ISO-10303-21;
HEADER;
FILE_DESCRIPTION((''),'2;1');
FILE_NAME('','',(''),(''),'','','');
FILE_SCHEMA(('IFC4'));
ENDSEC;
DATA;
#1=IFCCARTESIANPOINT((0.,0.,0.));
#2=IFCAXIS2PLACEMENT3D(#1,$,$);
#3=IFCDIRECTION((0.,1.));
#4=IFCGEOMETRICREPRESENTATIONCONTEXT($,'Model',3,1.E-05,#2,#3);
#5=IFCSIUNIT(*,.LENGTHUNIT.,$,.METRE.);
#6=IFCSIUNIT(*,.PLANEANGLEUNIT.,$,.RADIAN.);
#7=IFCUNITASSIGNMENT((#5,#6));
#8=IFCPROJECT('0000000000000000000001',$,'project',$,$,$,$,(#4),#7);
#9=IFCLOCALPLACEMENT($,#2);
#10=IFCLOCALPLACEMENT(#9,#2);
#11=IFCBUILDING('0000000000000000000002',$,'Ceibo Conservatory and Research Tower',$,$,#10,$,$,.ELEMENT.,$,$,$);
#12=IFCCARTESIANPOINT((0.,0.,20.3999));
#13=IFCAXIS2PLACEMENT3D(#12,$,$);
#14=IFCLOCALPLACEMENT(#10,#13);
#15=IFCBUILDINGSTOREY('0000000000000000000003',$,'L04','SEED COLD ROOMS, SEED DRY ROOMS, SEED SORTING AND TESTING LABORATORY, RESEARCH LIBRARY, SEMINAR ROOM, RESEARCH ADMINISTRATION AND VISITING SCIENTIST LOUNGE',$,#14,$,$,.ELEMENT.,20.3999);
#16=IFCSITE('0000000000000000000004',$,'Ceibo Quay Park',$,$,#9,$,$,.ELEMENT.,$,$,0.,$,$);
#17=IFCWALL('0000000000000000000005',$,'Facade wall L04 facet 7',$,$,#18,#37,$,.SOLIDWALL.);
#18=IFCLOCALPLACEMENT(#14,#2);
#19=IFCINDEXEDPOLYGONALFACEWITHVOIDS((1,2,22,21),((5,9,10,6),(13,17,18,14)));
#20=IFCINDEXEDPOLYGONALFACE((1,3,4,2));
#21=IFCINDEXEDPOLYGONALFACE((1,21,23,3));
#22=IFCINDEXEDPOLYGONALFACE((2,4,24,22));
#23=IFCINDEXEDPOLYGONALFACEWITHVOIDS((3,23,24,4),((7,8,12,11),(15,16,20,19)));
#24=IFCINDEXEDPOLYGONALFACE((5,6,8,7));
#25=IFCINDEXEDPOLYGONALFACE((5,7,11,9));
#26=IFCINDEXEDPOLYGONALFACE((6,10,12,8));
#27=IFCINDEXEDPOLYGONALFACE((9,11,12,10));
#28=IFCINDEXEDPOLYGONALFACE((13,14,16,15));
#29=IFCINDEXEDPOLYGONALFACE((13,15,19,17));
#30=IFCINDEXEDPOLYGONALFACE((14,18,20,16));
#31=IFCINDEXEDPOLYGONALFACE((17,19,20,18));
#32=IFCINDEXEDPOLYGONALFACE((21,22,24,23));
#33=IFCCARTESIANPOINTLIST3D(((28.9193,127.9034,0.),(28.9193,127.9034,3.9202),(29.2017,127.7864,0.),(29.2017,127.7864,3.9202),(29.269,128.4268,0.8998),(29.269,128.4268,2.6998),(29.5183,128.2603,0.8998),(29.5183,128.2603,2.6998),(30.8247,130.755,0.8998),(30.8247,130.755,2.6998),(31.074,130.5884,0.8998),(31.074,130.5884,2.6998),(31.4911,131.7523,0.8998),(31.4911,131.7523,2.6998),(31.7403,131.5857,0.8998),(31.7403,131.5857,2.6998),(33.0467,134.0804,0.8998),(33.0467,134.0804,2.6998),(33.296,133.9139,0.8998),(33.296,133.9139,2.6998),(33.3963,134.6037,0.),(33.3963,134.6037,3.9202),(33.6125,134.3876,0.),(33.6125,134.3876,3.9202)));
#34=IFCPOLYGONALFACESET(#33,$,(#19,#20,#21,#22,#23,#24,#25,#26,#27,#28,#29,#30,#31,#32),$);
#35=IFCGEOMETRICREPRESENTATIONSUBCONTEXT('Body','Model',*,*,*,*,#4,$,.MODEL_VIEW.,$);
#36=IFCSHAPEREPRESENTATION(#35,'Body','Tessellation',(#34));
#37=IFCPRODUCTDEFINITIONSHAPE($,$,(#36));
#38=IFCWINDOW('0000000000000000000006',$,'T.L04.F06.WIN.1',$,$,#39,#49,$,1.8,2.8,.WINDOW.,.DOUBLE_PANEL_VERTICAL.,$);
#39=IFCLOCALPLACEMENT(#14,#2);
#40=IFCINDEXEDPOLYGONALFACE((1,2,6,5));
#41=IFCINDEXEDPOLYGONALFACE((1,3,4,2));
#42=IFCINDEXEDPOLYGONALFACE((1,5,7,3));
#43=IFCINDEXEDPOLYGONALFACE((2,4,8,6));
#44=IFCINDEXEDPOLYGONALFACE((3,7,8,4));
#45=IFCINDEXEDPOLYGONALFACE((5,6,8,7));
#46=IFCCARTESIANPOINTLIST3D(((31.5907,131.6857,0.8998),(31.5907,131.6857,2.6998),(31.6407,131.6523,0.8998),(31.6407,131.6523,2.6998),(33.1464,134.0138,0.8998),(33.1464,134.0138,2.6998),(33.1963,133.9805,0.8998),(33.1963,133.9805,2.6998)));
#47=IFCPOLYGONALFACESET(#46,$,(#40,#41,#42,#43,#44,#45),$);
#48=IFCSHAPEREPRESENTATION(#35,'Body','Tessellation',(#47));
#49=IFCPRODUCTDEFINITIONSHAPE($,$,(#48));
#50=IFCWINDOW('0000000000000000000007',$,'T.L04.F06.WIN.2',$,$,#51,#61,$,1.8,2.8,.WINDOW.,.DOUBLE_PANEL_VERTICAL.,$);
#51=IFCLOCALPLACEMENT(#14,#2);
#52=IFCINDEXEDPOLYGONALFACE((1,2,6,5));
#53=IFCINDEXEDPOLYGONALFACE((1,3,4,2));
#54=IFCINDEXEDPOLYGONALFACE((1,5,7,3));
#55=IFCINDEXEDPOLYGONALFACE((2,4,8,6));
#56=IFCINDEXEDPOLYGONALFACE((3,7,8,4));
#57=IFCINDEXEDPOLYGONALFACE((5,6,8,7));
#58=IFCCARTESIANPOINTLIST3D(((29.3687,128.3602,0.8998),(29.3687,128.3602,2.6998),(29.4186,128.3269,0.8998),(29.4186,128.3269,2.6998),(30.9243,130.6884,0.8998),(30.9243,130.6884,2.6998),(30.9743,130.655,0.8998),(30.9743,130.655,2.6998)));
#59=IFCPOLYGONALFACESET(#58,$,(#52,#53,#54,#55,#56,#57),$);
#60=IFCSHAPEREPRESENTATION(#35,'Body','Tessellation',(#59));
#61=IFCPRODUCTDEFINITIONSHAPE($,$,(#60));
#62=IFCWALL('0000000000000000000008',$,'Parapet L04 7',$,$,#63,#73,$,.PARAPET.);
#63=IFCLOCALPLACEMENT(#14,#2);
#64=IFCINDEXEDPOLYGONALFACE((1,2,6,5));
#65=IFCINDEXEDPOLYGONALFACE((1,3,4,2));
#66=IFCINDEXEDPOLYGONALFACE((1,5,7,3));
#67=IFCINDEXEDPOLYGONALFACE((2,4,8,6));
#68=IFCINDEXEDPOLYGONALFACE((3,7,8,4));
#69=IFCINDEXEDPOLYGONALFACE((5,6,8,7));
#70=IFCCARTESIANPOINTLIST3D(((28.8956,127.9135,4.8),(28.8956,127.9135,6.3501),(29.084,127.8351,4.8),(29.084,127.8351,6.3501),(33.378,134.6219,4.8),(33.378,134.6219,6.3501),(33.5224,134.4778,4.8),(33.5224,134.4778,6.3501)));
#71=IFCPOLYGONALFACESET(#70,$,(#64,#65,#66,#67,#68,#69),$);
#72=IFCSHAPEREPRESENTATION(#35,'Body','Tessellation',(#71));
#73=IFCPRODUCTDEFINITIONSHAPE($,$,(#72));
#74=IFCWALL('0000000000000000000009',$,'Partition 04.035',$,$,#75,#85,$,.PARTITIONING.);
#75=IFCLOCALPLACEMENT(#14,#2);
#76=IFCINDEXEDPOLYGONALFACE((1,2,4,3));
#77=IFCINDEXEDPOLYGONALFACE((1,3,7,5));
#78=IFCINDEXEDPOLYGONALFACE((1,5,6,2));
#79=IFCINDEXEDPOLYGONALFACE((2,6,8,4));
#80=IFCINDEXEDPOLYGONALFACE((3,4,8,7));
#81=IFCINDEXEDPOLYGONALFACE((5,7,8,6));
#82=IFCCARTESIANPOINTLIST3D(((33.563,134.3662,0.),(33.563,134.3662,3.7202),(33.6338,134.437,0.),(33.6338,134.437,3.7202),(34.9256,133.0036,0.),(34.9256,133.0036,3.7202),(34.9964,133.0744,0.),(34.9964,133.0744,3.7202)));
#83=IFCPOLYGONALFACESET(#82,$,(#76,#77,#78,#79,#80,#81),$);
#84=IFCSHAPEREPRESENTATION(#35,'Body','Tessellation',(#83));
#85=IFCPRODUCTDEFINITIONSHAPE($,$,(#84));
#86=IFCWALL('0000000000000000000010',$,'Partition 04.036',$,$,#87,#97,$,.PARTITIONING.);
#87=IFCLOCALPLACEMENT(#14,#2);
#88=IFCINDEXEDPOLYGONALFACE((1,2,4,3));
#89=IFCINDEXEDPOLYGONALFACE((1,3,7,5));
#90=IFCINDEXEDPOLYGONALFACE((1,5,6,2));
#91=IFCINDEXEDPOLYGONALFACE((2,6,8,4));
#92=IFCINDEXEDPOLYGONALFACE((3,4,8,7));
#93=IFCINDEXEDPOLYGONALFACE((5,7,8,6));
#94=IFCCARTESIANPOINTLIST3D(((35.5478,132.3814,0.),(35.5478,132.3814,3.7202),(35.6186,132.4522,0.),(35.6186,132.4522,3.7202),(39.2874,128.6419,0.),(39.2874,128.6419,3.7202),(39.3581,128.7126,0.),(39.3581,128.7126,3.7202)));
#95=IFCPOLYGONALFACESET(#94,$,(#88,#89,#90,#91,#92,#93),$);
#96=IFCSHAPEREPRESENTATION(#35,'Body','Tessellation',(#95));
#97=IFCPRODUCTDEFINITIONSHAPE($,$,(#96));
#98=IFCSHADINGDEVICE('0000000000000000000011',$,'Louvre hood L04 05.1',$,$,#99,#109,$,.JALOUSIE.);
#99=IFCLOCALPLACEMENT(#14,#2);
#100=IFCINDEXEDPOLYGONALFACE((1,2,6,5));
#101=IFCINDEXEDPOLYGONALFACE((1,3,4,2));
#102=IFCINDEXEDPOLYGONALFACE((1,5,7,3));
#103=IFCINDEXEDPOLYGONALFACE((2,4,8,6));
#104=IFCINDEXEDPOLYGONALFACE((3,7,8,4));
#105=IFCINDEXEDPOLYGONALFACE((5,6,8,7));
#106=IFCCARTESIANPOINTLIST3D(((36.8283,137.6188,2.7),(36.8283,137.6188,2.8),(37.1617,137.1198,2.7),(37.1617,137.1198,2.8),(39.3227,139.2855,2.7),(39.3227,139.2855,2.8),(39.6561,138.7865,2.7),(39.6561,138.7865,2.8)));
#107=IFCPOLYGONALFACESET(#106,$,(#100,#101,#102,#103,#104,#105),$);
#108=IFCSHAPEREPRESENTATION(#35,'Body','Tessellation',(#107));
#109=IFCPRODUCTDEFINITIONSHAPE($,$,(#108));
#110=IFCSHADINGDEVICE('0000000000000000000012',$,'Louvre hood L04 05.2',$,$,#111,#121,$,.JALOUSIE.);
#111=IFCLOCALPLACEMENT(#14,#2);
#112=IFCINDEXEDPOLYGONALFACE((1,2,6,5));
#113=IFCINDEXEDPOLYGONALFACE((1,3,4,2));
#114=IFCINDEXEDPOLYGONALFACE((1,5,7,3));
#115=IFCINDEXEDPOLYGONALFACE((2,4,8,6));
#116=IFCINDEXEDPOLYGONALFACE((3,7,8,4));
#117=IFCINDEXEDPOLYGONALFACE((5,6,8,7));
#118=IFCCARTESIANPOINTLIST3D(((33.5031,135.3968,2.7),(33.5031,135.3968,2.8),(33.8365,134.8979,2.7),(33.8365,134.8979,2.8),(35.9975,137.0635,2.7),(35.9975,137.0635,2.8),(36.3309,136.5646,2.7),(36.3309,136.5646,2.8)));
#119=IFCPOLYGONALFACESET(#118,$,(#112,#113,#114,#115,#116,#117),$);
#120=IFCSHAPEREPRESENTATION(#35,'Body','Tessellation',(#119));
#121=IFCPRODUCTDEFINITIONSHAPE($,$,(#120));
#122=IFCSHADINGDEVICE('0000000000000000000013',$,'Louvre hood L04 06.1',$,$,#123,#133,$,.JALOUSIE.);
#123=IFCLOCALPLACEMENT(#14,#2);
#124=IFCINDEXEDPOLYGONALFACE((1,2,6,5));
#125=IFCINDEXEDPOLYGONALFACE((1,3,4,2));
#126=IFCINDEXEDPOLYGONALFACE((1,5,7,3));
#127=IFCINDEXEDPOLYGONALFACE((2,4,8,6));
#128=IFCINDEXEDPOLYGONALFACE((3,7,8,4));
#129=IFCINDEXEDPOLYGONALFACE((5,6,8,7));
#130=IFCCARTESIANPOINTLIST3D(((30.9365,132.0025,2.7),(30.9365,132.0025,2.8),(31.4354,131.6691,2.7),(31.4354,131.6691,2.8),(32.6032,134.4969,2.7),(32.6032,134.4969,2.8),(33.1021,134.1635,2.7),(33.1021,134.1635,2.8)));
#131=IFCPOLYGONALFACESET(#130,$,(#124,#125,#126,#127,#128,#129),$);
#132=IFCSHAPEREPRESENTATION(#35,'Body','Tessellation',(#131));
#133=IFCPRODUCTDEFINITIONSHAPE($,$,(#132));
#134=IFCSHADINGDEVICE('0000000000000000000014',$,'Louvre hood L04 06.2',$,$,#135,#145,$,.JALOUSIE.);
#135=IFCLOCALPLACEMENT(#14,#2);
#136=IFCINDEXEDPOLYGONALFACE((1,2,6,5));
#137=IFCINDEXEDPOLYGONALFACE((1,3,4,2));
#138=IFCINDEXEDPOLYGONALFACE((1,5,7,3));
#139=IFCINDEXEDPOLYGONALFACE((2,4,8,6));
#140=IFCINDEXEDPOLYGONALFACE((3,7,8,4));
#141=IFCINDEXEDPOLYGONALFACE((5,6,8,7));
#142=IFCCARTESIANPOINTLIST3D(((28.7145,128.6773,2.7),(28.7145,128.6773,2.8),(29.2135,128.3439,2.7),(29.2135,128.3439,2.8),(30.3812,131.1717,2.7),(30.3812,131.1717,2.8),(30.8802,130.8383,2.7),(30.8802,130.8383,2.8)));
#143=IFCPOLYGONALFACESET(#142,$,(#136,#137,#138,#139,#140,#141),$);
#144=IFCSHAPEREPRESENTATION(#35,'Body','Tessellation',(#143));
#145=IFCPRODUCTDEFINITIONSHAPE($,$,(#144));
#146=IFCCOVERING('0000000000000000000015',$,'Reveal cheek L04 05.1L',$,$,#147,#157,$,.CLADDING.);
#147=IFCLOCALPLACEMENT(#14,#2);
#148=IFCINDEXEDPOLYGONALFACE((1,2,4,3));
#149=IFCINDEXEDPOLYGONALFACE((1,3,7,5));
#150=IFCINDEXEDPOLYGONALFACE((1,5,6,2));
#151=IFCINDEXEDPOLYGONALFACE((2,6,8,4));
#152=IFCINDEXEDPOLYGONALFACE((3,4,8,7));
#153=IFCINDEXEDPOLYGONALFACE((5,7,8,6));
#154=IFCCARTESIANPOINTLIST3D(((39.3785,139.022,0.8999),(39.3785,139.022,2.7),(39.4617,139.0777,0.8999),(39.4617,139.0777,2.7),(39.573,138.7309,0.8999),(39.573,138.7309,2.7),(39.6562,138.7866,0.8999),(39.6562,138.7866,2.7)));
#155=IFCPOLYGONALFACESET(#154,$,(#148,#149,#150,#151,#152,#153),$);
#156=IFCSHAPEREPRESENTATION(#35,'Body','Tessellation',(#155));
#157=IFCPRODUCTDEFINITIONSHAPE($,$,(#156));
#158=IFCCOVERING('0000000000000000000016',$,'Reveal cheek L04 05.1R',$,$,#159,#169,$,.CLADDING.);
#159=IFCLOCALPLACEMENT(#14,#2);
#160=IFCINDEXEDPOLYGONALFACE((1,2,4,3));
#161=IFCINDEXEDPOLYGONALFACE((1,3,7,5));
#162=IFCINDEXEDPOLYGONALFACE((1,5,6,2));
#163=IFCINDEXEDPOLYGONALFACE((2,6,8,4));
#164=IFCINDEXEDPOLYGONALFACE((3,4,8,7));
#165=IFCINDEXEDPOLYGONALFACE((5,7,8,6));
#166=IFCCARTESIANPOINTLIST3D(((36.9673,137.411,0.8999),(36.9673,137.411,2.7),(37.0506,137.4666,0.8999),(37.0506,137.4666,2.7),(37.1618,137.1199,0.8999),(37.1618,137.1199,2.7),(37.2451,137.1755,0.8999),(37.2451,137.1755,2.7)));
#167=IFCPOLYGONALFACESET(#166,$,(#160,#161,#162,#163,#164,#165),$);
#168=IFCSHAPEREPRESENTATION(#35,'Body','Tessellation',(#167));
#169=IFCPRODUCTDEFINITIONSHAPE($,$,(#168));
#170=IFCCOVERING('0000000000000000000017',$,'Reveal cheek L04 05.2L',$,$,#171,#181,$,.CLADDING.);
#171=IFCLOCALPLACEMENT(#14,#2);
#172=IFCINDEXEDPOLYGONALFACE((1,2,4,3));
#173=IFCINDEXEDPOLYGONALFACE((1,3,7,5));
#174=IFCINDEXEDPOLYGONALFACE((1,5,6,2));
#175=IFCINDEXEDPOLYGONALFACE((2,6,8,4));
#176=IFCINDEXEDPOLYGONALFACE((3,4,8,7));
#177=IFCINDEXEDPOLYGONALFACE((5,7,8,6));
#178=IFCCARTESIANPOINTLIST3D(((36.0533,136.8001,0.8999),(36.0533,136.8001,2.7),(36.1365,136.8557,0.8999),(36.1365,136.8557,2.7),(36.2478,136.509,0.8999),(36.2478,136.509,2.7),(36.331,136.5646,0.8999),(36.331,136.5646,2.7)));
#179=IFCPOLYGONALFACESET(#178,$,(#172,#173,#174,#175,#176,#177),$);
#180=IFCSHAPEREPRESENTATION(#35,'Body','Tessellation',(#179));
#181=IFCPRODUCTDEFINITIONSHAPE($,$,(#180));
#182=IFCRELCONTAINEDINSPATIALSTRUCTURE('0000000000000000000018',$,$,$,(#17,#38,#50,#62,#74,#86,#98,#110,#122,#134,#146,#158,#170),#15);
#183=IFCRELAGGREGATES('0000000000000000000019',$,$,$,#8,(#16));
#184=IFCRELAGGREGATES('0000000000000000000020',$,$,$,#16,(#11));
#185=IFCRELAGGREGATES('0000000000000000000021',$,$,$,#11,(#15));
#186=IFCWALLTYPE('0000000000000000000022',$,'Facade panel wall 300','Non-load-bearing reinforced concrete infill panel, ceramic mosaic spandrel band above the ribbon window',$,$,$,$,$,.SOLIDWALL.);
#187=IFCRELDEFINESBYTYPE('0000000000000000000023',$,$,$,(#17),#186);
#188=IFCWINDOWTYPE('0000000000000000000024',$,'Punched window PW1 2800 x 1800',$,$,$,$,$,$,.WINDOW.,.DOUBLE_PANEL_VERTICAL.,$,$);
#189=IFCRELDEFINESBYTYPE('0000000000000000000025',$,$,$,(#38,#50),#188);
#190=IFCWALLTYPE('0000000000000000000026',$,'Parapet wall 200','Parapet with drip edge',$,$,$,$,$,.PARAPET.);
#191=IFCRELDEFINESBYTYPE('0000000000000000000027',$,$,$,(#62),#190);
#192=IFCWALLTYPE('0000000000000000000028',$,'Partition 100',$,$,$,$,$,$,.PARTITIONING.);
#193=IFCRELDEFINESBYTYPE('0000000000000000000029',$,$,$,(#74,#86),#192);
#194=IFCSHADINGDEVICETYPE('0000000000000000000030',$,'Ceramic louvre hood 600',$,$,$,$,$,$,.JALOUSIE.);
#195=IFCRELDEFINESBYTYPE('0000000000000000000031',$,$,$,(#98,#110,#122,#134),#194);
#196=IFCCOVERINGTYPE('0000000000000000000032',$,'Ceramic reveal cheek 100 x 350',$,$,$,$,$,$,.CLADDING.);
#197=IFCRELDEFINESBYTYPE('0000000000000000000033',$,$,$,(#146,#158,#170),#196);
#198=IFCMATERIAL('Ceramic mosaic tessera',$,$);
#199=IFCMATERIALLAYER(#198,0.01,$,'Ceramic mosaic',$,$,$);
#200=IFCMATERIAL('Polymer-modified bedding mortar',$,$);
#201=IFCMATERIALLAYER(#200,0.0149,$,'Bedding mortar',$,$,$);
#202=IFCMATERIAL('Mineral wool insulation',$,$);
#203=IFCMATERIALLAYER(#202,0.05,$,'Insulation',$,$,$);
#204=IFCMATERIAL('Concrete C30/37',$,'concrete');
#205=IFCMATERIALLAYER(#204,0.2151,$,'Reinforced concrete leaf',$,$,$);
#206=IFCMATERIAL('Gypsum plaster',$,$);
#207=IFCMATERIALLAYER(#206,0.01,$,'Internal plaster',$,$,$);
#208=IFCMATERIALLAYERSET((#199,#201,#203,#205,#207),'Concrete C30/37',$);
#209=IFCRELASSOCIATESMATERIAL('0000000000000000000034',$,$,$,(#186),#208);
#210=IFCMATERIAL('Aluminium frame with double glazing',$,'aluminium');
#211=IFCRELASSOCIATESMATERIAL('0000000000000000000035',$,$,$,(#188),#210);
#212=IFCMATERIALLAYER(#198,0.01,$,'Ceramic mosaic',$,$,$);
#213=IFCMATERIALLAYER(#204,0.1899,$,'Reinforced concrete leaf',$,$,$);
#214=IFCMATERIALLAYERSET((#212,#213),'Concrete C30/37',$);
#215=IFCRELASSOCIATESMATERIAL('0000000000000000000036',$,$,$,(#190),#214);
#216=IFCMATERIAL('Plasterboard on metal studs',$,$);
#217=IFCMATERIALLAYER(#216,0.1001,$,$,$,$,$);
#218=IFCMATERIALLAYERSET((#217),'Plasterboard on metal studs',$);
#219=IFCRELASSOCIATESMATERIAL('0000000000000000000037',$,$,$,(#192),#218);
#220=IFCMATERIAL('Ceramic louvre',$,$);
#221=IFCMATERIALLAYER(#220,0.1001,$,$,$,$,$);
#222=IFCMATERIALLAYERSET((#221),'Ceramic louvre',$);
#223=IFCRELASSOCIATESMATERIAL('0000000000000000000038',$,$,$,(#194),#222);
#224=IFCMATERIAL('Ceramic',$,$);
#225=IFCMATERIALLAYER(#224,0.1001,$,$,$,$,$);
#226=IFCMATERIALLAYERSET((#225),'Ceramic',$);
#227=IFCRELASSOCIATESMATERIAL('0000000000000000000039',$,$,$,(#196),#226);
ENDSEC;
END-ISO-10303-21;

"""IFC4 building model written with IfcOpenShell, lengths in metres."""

from ifc_helpers import new_model, si_unit, direction, frame, frame_2d, origin, origin_2d, place, context, subcontext, project, spatial, polyline, rectangle, outline, extrude, material, layer, layer_set, type_object, element, fill, save


model = new_model("IFC4")

# Units and contexts
model_context = context("Model", 3, precision=1e-05, world=origin(), true_north=direction((0.0, 1.0)))
body_context = subcontext(model_context, "Body", "Model", "MODEL_VIEW")
ifc_project = project(units=[si_unit("LENGTHUNIT", "METRE"), si_unit("PLANEANGLEUNIT", "RADIAN")], contexts=[model_context])

# Site, building, storey
site_placement = place(None, origin())
site = spatial("IfcSite", under=ifc_project, at=site_placement, Name="Ceibo Quay Park", CompositionType="ELEMENT", RefElevation=0.0)
building_placement = place(site_placement, origin())
building = spatial("IfcBuilding", under=site, at=building_placement, Name="Ceibo Conservatory and Research Tower", CompositionType="ELEMENT")
storey_placement = place(building_placement, frame((0.0, 0.0, 20.3999)))
storey = spatial("IfcBuildingStorey", under=building, at=storey_placement, Name="L04", Description="SEED COLD ROOMS, SEED DRY ROOMS, SEED SORTING AND TESTING LABORATORY, RESEARCH LIBRARY, SEMINAR ROOM, RESEARCH ADMINISTRATION AND VISITING SCIENTIST LOUNGE", CompositionType="ELEMENT", Elevation=20.3999)

# Wall, openings, windows
ifc_material_1 = material(Name="Ceramic mosaic tessera")
ifc_layer_1 = layer(ifc_material_1, 0.01, Name="Ceramic mosaic")
ifc_material_2 = material(Name="Polymer-modified bedding mortar")
ifc_layer_2 = layer(ifc_material_2, 0.0149, Name="Bedding mortar")
ifc_material_3 = material(Name="Mineral wool insulation")
ifc_layer_3 = layer(ifc_material_3, 0.05, Name="Insulation")
ifc_material_4 = material(Name="Concrete C30/37", Category="concrete")
ifc_layer_4 = layer(ifc_material_4, 0.2151, Name="Reinforced concrete leaf")
ifc_material_5 = material(Name="Gypsum plaster")
ifc_layer_5 = layer(ifc_material_5, 0.01, Name="Internal plaster")
ifc_layer_set_1 = layer_set([ifc_layer_1, ifc_layer_2, ifc_layer_3, ifc_layer_4, ifc_layer_5], Name="Concrete C30/37")
wall_type_1 = type_object("IfcWallType", Name="Facade panel wall 300", Description="Non-load-bearing reinforced concrete infill panel, ceramic mosaic spandrel band above the ribbon window", PredefinedType="SOLIDWALL", material=ifc_layer_set_1)
wall_1_placement = place(storey_placement, frame((33.5044, 134.4956, 0.0), z_axis=(0.0, 0.0, 1.0), x_axis=(-0.555573, -0.831468, 0.0)))
wall_1 = element("IfcWall", 1, at=wall_1_placement, inside=storey, type_object=wall_type_1, Name="Facade wall L04 facet 7", PredefinedType="SOLIDWALL", context=body_context, shape_type="SweptSolid", body=[
    extrude(outline(polyline([(-0.0298, -0.1499), (8.0286, -0.1499), (7.969, 0.1499), (0.0298, 0.1499), (-0.0298, -0.1499)])), origin(), (0.0, 0.0, 1.0), 3.9202),
])
opening_1_placement = place(wall_1_placement, frame((0.5996, 0.0, 0.8999)))
opening_1 = element("IfcOpeningElement", 2, at=opening_1_placement, cuts=wall_1, PredefinedType="OPENING", context=body_context, shape_type="SweptSolid", body=[
    extrude(rectangle(XDim=2.8, YDim=1.8, at=frame_2d((1.3999, 0.8999))), frame((0.0, 0.1599, 0.0), z_axis=(0.0, -1.0, 0.0), x_axis=(1.0, 0.0, 0.0)), (0.0, 0.0, 1.0), 0.3201),
])
opening_2_placement = place(wall_1_placement, frame((4.5991, 0.0, 0.8999)))
opening_2 = element("IfcOpeningElement", 3, at=opening_2_placement, cuts=wall_1, PredefinedType="OPENING", context=body_context, shape_type="SweptSolid", body=[
    extrude(rectangle(XDim=2.8, YDim=1.8, at=frame_2d((1.3999, 0.8999))), frame((0.0, 0.1599, 0.0), z_axis=(0.0, -1.0, 0.0), x_axis=(1.0, 0.0, 0.0)), (0.0, 0.0, 1.0), 0.3201),
])
ifc_material_6 = material(Name="Aluminium frame with double glazing", Category="aluminium")
window_type = type_object("IfcWindowType", Name="Punched window PW1 2800 x 1800", PartitioningType="DOUBLE_PANEL_VERTICAL", PredefinedType="WINDOW", material=ifc_material_6)
window_1_placement = place(opening_1_placement, origin())
window_1 = element("IfcWindow", 4, at=window_1_placement, inside=storey, type_object=window_type, Name="T.L04.F06.WIN.1", OverallHeight=1.8, OverallWidth=2.8, PartitioningType="DOUBLE_PANEL_VERTICAL", PredefinedType="WINDOW", context=body_context, shape_type="SweptSolid", body=[
    extrude(rectangle(XDim=2.8, YDim=1.8, at=frame_2d((1.3999, 0.8999))), frame((0.0, 0.03, 0.0), z_axis=(0.0, -1.0, 0.0), x_axis=(1.0, 0.0, 0.0)), (0.0, 0.0, 1.0), 0.0601),
])
fill(opening_1, window_1)
window_2_placement = place(opening_2_placement, origin())
window_2 = element("IfcWindow", 5, at=window_2_placement, inside=storey, type_object=window_type, Name="T.L04.F06.WIN.2", OverallHeight=1.8, OverallWidth=2.8, PartitioningType="DOUBLE_PANEL_VERTICAL", PredefinedType="WINDOW", context=body_context, shape_type="SweptSolid", body=[
    extrude(rectangle(XDim=2.8, YDim=1.8, at=frame_2d((1.3999, 0.8999))), frame((0.0, 0.03, 0.0), z_axis=(0.0, -1.0, 0.0), x_axis=(1.0, 0.0, 0.0)), (0.0, 0.0, 1.0), 0.0601),
])
fill(opening_2, window_2)

# Walls
ifc_layer_6 = layer(ifc_material_1, 0.01, Name="Ceramic mosaic")
ifc_layer_7 = layer(ifc_material_4, 0.1899, Name="Reinforced concrete leaf")
ifc_layer_set_2 = layer_set([ifc_layer_6, ifc_layer_7], Name="Concrete C30/37")
wall_type_2 = type_object("IfcWallType", Name="Parapet wall 200", Description="Parapet with drip edge", PredefinedType="PARAPET", material=ifc_layer_set_2)
wall_2_placement = place(storey_placement, frame((33.4502, 134.5498, 4.8), z_axis=(0.0, 0.0, 1.0), x_axis=(-0.55557, -0.83147, 0.0)))
element("IfcWall", 6, at=wall_2_placement, inside=storey, type_object=wall_type_2, Name="Parapet L04 7", PredefinedType="PARAPET", context=body_context, shape_type="SweptSolid", body=[
    extrude(outline(polyline([(-0.0198, -0.1001), (8.0483, -0.1001), (8.0088, 0.1001), (0.0198, 0.1001), (-0.0198, -0.1001)])), origin(), (0.0, 0.0, 1.0), 1.55),
])
ifc_material_7 = material(Name="Plasterboard on metal studs")
ifc_layer_8 = layer(ifc_material_7, 0.1001)
ifc_layer_set_3 = layer_set([ifc_layer_8], Name="Plasterboard on metal studs")
wall_type_3 = type_object("IfcWallType", Name="Partition 100", PredefinedType="PARTITIONING", material=ifc_layer_set_3)
wall_3_placement = place(storey_placement, frame((34.9609, 133.0391, 0.0), z_axis=(0.0, 0.0, 1.0), x_axis=(-0.707107, 0.707107, 0.0)))
element("IfcWall", 7, at=wall_3_placement, inside=storey, type_object=wall_type_3, Name="Partition 04.035", PredefinedType="PARTITIONING", context=body_context, shape_type="SweptSolid", body=[
    extrude(rectangle(XDim=1.927, YDim=0.1001, at=frame_2d((0.9634, 0.0))), origin(), (0.0, 0.0, 1.0), 3.7202),
])
wall_4_placement = place(storey_placement, frame((39.3228, 128.6772, 0.0), z_axis=(0.0, 0.0, 1.0), x_axis=(-0.707107, 0.707107, 0.0)))
element("IfcWall", 8, at=wall_4_placement, inside=storey, type_object=wall_type_3, Name="Partition 04.036", PredefinedType="PARTITIONING", context=body_context, shape_type="SweptSolid", body=[
    extrude(rectangle(XDim=5.2886, YDim=0.1001, at=frame_2d((2.6443, 0.0))), origin(), (0.0, 0.0, 1.0), 3.7202),
])

# Shading devices
ifc_material_8 = material(Name="Ceramic louvre")
ifc_layer_9 = layer(ifc_material_8, 0.1001)
ifc_layer_set_4 = layer_set([ifc_layer_9], Name="Ceramic louvre")
shading_device_type = type_object("IfcShadingDeviceType", Name="Ceramic louvre hood 600", PredefinedType="JALOUSIE", material=ifc_layer_set_4)
for number, where, z_axis, x_axis, name in (
    (9, (38.2422, 138.2026, 2.7), (0.0, 0.0, 1.0), (-0.83147, -0.55557, 0.0), "Louvre hood L04 05.1"),
    (10, (34.917, 135.9807, 2.7), (0.0, 0.0, 1.0), (-0.83147, -0.55557, 0.0), "Louvre hood L04 05.2"),
    (11, (32.0193, 133.083, 2.7), (0.0, 0.0, 1.0), (-0.55557, -0.83147, 0.0), "Louvre hood L04 06.1"),
    (12, (29.7974, 129.7578, 2.7), (0.0, 0.0, 1.0), (-0.55557, -0.83147, 0.0), "Louvre hood L04 06.2"),
):
    element("IfcShadingDevice", number, at=place(storey_placement, frame(where, z_axis=z_axis, x_axis=x_axis)), inside=storey, type_object=shading_device_type, Name=name, PredefinedType="JALOUSIE", context=body_context, shape_type="SweptSolid", body=[
        extrude(rectangle(XDim=3.0, YDim=0.6001, at=origin_2d()), origin(), (0.0, 0.0, 1.0), 0.1001),
    ])

# Coverings
ifc_material_9 = material(Name="Ceramic")
ifc_layer_10 = layer(ifc_material_9, 0.1001)
ifc_layer_set_5 = layer_set([ifc_layer_10], Name="Ceramic")
covering_type_1 = type_object("IfcCoveringType", Name="Ceramic reveal cheek 100 x 350", PredefinedType="CLADDING", material=ifc_layer_set_5)
for number, where, z_axis, x_axis, name in (
    (13, (39.5173, 138.9043, 0.8999), (0.0, 0.0, 1.0), (-0.83147, -0.55557, 0.0), "Reveal cheek L04 05.1L"),
    (14, (37.1062, 137.2932, 0.8999), (0.0, 0.0, 1.0), (-0.83147, -0.55557, 0.0), "Reveal cheek L04 05.1R"),
    (15, (36.1921, 136.6824, 0.8999), (0.0, 0.0, 1.0), (-0.83147, -0.55557, 0.0), "Reveal cheek L04 05.2L"),
):
    element("IfcCovering", number, at=place(storey_placement, frame(where, z_axis=z_axis, x_axis=x_axis)), inside=storey, type_object=covering_type_1, Name=name, PredefinedType="CLADDING", context=body_context, shape_type="SweptSolid", body=[
        extrude(rectangle(XDim=0.1001, YDim=0.3501, at=origin_2d()), origin(), (0.0, 0.0, 1.0), 1.8),
    ])

save(model, "model.ifc")
